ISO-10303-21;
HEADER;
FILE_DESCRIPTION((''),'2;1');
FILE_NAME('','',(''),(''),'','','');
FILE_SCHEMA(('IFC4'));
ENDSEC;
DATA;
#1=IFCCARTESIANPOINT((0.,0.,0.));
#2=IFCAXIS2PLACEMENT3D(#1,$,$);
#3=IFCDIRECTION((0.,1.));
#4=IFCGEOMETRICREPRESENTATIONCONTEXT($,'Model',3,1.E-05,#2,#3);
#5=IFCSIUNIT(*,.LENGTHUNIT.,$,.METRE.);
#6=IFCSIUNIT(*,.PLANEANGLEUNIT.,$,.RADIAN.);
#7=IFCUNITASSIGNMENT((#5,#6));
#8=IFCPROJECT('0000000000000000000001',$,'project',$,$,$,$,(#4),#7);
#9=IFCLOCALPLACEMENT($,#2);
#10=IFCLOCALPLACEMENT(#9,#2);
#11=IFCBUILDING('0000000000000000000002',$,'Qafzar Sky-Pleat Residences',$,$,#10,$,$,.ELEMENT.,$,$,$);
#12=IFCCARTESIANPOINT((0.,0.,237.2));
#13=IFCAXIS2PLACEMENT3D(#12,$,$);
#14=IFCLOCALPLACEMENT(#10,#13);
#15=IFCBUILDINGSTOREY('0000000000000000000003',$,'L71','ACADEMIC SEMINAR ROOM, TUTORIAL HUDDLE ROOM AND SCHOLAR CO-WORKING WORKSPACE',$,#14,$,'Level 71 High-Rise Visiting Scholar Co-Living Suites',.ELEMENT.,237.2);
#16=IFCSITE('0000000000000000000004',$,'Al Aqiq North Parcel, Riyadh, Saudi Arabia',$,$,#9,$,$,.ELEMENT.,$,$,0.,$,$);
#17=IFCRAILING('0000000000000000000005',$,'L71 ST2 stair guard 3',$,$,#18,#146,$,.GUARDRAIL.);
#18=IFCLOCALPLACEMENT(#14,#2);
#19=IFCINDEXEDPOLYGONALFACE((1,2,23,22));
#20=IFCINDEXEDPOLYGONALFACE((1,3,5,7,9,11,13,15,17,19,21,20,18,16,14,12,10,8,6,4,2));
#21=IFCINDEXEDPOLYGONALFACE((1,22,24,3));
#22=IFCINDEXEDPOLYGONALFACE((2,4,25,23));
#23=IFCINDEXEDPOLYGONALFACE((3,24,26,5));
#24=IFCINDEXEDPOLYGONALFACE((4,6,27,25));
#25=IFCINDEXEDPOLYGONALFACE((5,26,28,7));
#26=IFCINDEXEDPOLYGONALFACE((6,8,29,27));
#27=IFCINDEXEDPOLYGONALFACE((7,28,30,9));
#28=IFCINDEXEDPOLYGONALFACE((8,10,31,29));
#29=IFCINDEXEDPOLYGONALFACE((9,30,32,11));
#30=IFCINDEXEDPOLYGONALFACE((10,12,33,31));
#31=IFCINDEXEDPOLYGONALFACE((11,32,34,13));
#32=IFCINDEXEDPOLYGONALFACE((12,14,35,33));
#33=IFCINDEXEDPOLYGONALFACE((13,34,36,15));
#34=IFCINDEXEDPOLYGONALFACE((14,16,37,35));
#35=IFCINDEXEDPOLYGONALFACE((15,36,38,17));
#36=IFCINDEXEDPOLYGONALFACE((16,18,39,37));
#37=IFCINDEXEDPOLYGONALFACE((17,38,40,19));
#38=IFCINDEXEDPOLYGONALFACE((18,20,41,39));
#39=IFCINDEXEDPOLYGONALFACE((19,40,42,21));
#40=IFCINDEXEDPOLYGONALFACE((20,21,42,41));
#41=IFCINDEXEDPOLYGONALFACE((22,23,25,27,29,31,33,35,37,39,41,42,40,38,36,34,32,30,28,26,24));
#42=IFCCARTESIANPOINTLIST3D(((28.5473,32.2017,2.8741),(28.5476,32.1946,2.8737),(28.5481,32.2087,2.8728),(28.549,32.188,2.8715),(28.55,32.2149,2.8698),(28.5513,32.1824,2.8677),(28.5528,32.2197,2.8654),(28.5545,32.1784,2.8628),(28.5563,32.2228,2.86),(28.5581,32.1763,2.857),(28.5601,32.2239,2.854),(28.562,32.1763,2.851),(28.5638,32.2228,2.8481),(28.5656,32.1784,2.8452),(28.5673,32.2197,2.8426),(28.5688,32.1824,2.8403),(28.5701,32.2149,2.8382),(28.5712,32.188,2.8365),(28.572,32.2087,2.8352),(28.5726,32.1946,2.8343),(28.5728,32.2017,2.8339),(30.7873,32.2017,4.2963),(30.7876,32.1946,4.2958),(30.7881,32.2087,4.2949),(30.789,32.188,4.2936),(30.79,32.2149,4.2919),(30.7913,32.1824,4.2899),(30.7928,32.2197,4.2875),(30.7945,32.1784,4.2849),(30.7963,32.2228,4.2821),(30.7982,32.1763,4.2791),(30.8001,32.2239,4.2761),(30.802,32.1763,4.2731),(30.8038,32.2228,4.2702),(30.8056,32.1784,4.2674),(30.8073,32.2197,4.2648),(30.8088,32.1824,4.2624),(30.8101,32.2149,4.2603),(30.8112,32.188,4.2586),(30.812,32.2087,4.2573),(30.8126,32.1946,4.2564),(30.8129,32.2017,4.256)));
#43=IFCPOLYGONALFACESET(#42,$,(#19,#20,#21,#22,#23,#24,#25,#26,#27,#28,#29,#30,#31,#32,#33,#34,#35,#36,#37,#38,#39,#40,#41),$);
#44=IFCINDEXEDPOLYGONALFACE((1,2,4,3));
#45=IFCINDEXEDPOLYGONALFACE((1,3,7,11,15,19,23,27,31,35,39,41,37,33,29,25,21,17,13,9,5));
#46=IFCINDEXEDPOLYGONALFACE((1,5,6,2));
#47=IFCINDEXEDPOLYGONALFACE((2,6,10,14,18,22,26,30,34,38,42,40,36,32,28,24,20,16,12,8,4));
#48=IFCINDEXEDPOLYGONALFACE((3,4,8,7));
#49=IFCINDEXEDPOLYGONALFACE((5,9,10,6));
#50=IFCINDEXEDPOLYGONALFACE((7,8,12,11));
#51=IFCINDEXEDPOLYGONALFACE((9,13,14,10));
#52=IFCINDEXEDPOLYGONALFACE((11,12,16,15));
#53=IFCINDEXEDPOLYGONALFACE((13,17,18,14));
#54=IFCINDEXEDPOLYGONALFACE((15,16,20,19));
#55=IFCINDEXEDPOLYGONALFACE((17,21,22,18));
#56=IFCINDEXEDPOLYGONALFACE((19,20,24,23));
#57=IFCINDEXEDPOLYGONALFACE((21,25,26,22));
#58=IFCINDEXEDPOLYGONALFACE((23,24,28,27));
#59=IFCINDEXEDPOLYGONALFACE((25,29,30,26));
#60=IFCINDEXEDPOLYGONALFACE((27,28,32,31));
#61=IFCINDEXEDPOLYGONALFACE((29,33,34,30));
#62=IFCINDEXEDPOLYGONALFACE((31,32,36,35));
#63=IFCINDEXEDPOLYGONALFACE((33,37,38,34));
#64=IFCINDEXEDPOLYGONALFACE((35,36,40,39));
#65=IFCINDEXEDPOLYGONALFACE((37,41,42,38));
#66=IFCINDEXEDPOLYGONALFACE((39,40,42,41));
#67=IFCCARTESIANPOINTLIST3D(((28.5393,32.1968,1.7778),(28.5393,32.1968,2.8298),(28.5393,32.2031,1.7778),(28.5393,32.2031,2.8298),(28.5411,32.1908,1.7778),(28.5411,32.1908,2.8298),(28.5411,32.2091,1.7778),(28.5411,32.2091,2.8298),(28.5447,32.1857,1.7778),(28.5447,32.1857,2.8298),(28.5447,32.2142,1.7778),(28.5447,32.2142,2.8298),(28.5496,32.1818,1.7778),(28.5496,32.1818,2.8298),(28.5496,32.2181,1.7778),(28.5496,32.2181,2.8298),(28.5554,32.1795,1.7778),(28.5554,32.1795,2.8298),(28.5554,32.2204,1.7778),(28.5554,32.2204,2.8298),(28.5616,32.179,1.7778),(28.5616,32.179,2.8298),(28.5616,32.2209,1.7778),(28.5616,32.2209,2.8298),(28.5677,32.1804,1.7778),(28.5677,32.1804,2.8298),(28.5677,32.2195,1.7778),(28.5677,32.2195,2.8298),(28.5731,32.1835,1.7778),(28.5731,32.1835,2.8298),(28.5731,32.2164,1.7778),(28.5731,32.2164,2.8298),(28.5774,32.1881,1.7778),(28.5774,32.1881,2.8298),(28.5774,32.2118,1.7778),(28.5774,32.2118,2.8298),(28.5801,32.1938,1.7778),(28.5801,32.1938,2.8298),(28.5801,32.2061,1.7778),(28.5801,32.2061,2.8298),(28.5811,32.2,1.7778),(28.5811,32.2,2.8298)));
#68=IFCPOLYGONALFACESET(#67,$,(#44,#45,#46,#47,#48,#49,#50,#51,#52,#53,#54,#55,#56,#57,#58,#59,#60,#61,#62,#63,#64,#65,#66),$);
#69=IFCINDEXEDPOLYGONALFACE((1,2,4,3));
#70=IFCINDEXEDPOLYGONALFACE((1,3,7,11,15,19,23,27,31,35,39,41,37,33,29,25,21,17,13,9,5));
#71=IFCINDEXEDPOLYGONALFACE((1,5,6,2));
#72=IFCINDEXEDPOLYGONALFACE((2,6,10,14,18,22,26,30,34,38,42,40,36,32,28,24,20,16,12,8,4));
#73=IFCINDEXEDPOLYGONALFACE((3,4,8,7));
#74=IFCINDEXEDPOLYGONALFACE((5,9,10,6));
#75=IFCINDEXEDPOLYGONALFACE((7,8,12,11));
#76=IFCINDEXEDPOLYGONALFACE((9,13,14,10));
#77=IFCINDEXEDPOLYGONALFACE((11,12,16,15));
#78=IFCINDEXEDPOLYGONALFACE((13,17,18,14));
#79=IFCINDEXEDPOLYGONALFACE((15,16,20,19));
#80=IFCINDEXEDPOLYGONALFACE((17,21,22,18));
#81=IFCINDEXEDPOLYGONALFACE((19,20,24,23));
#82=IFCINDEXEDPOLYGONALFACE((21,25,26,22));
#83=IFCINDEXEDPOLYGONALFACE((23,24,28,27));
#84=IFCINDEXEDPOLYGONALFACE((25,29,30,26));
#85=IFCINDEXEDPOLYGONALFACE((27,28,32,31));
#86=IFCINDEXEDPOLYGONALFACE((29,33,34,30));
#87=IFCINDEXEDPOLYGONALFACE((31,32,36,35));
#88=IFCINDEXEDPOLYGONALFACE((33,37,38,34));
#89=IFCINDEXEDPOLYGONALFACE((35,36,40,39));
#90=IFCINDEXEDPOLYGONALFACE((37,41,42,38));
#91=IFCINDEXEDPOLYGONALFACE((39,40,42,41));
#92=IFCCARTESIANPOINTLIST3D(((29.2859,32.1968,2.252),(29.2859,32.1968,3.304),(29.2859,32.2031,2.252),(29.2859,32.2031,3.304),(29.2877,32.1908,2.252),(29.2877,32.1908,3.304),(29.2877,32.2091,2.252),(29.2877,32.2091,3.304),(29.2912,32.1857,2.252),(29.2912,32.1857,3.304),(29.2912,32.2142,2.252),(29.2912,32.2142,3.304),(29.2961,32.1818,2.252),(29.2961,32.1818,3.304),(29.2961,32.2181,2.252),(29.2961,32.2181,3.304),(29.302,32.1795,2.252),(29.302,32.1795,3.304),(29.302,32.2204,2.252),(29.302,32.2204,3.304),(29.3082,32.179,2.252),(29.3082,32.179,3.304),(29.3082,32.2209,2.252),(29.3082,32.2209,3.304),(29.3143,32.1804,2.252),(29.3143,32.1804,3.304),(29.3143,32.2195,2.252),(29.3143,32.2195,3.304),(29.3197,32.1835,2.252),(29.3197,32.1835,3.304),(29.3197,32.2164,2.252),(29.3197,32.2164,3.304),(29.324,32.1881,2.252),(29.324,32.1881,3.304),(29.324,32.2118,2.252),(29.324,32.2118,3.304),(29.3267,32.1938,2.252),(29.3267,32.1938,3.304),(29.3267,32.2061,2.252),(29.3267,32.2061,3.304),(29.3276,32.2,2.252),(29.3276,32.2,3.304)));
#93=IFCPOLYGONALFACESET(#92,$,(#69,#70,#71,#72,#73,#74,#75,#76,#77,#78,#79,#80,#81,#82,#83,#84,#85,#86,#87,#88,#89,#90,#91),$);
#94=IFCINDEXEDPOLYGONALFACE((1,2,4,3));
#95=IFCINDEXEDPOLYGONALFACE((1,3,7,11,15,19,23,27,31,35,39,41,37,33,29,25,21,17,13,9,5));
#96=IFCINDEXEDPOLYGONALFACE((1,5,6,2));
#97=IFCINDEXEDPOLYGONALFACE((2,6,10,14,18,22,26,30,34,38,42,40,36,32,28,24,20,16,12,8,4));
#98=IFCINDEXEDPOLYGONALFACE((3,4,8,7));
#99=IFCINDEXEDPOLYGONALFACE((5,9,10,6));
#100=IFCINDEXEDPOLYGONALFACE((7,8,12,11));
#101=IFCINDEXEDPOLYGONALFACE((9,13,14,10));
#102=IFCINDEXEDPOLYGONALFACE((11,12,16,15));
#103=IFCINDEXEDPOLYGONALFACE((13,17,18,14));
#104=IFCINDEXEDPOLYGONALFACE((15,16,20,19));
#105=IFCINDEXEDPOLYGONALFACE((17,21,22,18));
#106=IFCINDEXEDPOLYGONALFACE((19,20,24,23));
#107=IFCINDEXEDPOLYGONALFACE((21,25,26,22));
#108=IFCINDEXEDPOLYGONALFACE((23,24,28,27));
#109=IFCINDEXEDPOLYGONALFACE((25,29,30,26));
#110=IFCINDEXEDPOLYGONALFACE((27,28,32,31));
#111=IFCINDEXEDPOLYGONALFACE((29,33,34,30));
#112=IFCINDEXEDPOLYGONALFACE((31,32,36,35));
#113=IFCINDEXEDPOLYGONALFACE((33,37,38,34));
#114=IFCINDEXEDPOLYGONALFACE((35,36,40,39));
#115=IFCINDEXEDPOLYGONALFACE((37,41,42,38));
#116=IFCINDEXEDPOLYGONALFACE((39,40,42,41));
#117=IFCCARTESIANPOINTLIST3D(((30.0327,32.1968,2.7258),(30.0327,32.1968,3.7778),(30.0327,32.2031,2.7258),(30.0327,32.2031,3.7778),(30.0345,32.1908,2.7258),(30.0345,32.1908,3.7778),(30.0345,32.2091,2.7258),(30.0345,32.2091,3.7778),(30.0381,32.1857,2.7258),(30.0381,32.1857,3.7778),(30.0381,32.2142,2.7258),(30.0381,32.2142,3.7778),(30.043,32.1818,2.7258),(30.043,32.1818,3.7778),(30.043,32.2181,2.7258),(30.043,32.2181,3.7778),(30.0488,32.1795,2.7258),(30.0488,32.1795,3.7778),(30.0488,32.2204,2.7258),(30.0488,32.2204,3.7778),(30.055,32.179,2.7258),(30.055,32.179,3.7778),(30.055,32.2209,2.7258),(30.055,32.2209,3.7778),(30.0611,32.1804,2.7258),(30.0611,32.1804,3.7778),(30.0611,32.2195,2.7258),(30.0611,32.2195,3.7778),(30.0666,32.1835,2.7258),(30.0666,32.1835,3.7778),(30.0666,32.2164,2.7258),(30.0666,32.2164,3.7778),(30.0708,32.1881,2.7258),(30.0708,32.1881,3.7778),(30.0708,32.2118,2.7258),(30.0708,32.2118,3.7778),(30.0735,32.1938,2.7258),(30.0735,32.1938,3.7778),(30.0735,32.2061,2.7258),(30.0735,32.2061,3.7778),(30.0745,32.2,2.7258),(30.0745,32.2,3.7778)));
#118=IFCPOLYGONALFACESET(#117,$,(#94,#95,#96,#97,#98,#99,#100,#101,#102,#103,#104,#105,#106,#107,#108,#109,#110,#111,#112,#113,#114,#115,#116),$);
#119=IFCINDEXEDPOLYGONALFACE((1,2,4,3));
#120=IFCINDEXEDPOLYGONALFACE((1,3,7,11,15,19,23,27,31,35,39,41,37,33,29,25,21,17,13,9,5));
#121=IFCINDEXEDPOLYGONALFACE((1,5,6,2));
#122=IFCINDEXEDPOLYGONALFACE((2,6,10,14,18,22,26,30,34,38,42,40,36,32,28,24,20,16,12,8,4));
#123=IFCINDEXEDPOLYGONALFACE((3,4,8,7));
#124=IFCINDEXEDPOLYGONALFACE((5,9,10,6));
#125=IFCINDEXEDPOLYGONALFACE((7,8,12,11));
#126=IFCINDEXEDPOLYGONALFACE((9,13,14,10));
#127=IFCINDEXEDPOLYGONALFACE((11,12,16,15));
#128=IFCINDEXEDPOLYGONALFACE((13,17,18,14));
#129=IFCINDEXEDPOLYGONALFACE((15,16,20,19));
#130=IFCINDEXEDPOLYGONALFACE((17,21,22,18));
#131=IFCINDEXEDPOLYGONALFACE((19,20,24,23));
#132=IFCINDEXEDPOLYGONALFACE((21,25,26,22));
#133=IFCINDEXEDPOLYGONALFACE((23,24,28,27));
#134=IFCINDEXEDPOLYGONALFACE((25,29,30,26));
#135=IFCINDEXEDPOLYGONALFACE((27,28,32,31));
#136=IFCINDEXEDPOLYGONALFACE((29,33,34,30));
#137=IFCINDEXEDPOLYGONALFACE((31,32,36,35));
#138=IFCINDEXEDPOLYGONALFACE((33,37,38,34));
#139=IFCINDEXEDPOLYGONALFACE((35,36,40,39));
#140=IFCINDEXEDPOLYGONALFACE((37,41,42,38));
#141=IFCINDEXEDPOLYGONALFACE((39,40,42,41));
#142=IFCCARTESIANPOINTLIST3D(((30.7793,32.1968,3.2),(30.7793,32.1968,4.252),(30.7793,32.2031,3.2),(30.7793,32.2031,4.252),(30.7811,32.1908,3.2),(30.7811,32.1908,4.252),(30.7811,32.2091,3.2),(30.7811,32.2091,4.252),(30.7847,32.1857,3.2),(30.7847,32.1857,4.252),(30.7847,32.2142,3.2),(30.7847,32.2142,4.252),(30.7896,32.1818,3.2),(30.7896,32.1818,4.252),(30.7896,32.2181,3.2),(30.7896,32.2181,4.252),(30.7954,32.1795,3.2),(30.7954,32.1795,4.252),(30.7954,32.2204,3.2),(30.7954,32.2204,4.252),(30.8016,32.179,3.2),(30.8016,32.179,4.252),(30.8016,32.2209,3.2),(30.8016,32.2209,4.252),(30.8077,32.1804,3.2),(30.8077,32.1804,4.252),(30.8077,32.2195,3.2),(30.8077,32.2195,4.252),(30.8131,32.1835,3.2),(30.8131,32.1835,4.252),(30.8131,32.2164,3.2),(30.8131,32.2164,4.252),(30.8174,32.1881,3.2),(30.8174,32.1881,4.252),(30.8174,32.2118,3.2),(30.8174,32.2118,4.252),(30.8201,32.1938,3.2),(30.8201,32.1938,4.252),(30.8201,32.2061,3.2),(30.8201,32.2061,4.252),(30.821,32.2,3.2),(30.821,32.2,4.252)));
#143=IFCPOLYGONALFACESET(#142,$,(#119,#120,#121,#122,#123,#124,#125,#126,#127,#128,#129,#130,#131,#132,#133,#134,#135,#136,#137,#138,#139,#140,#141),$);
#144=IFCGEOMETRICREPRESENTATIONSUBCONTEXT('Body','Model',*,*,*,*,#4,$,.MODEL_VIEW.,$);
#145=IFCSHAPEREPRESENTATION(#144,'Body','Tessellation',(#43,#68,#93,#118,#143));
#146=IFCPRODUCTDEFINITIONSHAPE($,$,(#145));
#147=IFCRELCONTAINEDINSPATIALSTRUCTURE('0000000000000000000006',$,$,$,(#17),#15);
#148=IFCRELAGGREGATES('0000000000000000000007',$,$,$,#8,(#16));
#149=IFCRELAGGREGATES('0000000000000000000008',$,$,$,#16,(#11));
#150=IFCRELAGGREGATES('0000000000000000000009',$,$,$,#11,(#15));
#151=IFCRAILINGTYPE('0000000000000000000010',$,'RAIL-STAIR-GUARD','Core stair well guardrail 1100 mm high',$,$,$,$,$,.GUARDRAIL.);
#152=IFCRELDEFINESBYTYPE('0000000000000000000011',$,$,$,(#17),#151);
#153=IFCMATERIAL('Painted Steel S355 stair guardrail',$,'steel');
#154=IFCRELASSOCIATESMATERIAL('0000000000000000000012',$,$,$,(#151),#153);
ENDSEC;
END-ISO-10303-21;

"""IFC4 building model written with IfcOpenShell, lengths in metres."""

from ifc_helpers import new_model, si_unit, direction, frame, origin, origin_2d, place, context, subcontext, project, spatial, circle, extrude, source, transform, mapped, material, type_object, element, save


model = new_model("IFC4")

# Units and contexts
model_context = context("Model", 3, precision=1e-05, world=origin(), true_north=direction((0.0, 1.0)))
body_context = subcontext(model_context, "Body", "Model", "MODEL_VIEW")
ifc_project = project(units=[si_unit("LENGTHUNIT", "METRE"), si_unit("PLANEANGLEUNIT", "RADIAN")], contexts=[model_context])

# Site, building, storey
site_placement = place(None, origin())
site = spatial("IfcSite", under=ifc_project, at=site_placement, Name="Al Aqiq North Parcel, Riyadh, Saudi Arabia", CompositionType="ELEMENT", RefElevation=0.0)
building_placement = place(site_placement, origin())
building = spatial("IfcBuilding", under=site, at=building_placement, Name="Qafzar Sky-Pleat Residences", CompositionType="ELEMENT")
storey_placement = place(building_placement, frame((0.0, 0.0, 237.2)))
storey = spatial("IfcBuildingStorey", under=building, at=storey_placement, Name="L71", Description="ACADEMIC SEMINAR ROOM, TUTORIAL HUDDLE ROOM AND SCHOLAR CO-WORKING WORKSPACE", LongName="Level 71 High-Rise Visiting Scholar Co-Living Suites", CompositionType="ELEMENT", Elevation=237.2)

# Railing
ifc_material_1 = material(Name="Painted Steel S355 stair guardrail", Category="steel")
railing_type_1 = type_object("IfcRailingType", Name="RAIL-STAIR-GUARD", Description="Core stair well guardrail 1100 mm high", PredefinedType="GUARDRAIL", material=ifc_material_1)
shared_shape_1 = source(origin(), body_context, "Body", "SweptSolid", [
    extrude(circle(Radius=0.0239, at=origin_2d()), frame((0.0, 0.0, 1.0762), z_axis=(0.844229, 0.0, 0.535982), x_axis=(0.0, 1.0, 0.0)), (0.0, 0.0, 1.0), 2.6533),
    extrude(circle(Radius=0.021, at=origin_2d()), origin(), (0.0, 0.0, 1.0), 1.052),
    extrude(circle(Radius=0.021, at=origin_2d()), frame((0.7466, 0.0, 0.4741)), (0.0, 0.0, 1.0), 1.052),
    extrude(circle(Radius=0.021, at=origin_2d()), frame((1.4934, 0.0, 0.948)), (0.0, 0.0, 1.0), 1.052),
    extrude(circle(Radius=0.021, at=origin_2d()), frame((2.24, 0.0, 1.4221)), (0.0, 0.0, 1.0), 1.052),
])
railing_1_placement = place(storey_placement, frame((28.5601, 32.2, 1.7778)))
element("IfcRailing", 1, at=railing_1_placement, inside=storey, type_object=railing_type_1, Name="L71 ST2 stair guard 3", PredefinedType="GUARDRAIL", context=body_context, shape_type="MappedRepresentation", body=[
    mapped(shared_shape_1, transform((0.0, 0.0, 0.0), x_axis=(1.0, 0.0, 0.0), y_axis=(0.0, 1.0, 0.0), z_axis=(0.0, 0.0, 1.0), scale=1.0)),
])

save(model, "model.ifc")
